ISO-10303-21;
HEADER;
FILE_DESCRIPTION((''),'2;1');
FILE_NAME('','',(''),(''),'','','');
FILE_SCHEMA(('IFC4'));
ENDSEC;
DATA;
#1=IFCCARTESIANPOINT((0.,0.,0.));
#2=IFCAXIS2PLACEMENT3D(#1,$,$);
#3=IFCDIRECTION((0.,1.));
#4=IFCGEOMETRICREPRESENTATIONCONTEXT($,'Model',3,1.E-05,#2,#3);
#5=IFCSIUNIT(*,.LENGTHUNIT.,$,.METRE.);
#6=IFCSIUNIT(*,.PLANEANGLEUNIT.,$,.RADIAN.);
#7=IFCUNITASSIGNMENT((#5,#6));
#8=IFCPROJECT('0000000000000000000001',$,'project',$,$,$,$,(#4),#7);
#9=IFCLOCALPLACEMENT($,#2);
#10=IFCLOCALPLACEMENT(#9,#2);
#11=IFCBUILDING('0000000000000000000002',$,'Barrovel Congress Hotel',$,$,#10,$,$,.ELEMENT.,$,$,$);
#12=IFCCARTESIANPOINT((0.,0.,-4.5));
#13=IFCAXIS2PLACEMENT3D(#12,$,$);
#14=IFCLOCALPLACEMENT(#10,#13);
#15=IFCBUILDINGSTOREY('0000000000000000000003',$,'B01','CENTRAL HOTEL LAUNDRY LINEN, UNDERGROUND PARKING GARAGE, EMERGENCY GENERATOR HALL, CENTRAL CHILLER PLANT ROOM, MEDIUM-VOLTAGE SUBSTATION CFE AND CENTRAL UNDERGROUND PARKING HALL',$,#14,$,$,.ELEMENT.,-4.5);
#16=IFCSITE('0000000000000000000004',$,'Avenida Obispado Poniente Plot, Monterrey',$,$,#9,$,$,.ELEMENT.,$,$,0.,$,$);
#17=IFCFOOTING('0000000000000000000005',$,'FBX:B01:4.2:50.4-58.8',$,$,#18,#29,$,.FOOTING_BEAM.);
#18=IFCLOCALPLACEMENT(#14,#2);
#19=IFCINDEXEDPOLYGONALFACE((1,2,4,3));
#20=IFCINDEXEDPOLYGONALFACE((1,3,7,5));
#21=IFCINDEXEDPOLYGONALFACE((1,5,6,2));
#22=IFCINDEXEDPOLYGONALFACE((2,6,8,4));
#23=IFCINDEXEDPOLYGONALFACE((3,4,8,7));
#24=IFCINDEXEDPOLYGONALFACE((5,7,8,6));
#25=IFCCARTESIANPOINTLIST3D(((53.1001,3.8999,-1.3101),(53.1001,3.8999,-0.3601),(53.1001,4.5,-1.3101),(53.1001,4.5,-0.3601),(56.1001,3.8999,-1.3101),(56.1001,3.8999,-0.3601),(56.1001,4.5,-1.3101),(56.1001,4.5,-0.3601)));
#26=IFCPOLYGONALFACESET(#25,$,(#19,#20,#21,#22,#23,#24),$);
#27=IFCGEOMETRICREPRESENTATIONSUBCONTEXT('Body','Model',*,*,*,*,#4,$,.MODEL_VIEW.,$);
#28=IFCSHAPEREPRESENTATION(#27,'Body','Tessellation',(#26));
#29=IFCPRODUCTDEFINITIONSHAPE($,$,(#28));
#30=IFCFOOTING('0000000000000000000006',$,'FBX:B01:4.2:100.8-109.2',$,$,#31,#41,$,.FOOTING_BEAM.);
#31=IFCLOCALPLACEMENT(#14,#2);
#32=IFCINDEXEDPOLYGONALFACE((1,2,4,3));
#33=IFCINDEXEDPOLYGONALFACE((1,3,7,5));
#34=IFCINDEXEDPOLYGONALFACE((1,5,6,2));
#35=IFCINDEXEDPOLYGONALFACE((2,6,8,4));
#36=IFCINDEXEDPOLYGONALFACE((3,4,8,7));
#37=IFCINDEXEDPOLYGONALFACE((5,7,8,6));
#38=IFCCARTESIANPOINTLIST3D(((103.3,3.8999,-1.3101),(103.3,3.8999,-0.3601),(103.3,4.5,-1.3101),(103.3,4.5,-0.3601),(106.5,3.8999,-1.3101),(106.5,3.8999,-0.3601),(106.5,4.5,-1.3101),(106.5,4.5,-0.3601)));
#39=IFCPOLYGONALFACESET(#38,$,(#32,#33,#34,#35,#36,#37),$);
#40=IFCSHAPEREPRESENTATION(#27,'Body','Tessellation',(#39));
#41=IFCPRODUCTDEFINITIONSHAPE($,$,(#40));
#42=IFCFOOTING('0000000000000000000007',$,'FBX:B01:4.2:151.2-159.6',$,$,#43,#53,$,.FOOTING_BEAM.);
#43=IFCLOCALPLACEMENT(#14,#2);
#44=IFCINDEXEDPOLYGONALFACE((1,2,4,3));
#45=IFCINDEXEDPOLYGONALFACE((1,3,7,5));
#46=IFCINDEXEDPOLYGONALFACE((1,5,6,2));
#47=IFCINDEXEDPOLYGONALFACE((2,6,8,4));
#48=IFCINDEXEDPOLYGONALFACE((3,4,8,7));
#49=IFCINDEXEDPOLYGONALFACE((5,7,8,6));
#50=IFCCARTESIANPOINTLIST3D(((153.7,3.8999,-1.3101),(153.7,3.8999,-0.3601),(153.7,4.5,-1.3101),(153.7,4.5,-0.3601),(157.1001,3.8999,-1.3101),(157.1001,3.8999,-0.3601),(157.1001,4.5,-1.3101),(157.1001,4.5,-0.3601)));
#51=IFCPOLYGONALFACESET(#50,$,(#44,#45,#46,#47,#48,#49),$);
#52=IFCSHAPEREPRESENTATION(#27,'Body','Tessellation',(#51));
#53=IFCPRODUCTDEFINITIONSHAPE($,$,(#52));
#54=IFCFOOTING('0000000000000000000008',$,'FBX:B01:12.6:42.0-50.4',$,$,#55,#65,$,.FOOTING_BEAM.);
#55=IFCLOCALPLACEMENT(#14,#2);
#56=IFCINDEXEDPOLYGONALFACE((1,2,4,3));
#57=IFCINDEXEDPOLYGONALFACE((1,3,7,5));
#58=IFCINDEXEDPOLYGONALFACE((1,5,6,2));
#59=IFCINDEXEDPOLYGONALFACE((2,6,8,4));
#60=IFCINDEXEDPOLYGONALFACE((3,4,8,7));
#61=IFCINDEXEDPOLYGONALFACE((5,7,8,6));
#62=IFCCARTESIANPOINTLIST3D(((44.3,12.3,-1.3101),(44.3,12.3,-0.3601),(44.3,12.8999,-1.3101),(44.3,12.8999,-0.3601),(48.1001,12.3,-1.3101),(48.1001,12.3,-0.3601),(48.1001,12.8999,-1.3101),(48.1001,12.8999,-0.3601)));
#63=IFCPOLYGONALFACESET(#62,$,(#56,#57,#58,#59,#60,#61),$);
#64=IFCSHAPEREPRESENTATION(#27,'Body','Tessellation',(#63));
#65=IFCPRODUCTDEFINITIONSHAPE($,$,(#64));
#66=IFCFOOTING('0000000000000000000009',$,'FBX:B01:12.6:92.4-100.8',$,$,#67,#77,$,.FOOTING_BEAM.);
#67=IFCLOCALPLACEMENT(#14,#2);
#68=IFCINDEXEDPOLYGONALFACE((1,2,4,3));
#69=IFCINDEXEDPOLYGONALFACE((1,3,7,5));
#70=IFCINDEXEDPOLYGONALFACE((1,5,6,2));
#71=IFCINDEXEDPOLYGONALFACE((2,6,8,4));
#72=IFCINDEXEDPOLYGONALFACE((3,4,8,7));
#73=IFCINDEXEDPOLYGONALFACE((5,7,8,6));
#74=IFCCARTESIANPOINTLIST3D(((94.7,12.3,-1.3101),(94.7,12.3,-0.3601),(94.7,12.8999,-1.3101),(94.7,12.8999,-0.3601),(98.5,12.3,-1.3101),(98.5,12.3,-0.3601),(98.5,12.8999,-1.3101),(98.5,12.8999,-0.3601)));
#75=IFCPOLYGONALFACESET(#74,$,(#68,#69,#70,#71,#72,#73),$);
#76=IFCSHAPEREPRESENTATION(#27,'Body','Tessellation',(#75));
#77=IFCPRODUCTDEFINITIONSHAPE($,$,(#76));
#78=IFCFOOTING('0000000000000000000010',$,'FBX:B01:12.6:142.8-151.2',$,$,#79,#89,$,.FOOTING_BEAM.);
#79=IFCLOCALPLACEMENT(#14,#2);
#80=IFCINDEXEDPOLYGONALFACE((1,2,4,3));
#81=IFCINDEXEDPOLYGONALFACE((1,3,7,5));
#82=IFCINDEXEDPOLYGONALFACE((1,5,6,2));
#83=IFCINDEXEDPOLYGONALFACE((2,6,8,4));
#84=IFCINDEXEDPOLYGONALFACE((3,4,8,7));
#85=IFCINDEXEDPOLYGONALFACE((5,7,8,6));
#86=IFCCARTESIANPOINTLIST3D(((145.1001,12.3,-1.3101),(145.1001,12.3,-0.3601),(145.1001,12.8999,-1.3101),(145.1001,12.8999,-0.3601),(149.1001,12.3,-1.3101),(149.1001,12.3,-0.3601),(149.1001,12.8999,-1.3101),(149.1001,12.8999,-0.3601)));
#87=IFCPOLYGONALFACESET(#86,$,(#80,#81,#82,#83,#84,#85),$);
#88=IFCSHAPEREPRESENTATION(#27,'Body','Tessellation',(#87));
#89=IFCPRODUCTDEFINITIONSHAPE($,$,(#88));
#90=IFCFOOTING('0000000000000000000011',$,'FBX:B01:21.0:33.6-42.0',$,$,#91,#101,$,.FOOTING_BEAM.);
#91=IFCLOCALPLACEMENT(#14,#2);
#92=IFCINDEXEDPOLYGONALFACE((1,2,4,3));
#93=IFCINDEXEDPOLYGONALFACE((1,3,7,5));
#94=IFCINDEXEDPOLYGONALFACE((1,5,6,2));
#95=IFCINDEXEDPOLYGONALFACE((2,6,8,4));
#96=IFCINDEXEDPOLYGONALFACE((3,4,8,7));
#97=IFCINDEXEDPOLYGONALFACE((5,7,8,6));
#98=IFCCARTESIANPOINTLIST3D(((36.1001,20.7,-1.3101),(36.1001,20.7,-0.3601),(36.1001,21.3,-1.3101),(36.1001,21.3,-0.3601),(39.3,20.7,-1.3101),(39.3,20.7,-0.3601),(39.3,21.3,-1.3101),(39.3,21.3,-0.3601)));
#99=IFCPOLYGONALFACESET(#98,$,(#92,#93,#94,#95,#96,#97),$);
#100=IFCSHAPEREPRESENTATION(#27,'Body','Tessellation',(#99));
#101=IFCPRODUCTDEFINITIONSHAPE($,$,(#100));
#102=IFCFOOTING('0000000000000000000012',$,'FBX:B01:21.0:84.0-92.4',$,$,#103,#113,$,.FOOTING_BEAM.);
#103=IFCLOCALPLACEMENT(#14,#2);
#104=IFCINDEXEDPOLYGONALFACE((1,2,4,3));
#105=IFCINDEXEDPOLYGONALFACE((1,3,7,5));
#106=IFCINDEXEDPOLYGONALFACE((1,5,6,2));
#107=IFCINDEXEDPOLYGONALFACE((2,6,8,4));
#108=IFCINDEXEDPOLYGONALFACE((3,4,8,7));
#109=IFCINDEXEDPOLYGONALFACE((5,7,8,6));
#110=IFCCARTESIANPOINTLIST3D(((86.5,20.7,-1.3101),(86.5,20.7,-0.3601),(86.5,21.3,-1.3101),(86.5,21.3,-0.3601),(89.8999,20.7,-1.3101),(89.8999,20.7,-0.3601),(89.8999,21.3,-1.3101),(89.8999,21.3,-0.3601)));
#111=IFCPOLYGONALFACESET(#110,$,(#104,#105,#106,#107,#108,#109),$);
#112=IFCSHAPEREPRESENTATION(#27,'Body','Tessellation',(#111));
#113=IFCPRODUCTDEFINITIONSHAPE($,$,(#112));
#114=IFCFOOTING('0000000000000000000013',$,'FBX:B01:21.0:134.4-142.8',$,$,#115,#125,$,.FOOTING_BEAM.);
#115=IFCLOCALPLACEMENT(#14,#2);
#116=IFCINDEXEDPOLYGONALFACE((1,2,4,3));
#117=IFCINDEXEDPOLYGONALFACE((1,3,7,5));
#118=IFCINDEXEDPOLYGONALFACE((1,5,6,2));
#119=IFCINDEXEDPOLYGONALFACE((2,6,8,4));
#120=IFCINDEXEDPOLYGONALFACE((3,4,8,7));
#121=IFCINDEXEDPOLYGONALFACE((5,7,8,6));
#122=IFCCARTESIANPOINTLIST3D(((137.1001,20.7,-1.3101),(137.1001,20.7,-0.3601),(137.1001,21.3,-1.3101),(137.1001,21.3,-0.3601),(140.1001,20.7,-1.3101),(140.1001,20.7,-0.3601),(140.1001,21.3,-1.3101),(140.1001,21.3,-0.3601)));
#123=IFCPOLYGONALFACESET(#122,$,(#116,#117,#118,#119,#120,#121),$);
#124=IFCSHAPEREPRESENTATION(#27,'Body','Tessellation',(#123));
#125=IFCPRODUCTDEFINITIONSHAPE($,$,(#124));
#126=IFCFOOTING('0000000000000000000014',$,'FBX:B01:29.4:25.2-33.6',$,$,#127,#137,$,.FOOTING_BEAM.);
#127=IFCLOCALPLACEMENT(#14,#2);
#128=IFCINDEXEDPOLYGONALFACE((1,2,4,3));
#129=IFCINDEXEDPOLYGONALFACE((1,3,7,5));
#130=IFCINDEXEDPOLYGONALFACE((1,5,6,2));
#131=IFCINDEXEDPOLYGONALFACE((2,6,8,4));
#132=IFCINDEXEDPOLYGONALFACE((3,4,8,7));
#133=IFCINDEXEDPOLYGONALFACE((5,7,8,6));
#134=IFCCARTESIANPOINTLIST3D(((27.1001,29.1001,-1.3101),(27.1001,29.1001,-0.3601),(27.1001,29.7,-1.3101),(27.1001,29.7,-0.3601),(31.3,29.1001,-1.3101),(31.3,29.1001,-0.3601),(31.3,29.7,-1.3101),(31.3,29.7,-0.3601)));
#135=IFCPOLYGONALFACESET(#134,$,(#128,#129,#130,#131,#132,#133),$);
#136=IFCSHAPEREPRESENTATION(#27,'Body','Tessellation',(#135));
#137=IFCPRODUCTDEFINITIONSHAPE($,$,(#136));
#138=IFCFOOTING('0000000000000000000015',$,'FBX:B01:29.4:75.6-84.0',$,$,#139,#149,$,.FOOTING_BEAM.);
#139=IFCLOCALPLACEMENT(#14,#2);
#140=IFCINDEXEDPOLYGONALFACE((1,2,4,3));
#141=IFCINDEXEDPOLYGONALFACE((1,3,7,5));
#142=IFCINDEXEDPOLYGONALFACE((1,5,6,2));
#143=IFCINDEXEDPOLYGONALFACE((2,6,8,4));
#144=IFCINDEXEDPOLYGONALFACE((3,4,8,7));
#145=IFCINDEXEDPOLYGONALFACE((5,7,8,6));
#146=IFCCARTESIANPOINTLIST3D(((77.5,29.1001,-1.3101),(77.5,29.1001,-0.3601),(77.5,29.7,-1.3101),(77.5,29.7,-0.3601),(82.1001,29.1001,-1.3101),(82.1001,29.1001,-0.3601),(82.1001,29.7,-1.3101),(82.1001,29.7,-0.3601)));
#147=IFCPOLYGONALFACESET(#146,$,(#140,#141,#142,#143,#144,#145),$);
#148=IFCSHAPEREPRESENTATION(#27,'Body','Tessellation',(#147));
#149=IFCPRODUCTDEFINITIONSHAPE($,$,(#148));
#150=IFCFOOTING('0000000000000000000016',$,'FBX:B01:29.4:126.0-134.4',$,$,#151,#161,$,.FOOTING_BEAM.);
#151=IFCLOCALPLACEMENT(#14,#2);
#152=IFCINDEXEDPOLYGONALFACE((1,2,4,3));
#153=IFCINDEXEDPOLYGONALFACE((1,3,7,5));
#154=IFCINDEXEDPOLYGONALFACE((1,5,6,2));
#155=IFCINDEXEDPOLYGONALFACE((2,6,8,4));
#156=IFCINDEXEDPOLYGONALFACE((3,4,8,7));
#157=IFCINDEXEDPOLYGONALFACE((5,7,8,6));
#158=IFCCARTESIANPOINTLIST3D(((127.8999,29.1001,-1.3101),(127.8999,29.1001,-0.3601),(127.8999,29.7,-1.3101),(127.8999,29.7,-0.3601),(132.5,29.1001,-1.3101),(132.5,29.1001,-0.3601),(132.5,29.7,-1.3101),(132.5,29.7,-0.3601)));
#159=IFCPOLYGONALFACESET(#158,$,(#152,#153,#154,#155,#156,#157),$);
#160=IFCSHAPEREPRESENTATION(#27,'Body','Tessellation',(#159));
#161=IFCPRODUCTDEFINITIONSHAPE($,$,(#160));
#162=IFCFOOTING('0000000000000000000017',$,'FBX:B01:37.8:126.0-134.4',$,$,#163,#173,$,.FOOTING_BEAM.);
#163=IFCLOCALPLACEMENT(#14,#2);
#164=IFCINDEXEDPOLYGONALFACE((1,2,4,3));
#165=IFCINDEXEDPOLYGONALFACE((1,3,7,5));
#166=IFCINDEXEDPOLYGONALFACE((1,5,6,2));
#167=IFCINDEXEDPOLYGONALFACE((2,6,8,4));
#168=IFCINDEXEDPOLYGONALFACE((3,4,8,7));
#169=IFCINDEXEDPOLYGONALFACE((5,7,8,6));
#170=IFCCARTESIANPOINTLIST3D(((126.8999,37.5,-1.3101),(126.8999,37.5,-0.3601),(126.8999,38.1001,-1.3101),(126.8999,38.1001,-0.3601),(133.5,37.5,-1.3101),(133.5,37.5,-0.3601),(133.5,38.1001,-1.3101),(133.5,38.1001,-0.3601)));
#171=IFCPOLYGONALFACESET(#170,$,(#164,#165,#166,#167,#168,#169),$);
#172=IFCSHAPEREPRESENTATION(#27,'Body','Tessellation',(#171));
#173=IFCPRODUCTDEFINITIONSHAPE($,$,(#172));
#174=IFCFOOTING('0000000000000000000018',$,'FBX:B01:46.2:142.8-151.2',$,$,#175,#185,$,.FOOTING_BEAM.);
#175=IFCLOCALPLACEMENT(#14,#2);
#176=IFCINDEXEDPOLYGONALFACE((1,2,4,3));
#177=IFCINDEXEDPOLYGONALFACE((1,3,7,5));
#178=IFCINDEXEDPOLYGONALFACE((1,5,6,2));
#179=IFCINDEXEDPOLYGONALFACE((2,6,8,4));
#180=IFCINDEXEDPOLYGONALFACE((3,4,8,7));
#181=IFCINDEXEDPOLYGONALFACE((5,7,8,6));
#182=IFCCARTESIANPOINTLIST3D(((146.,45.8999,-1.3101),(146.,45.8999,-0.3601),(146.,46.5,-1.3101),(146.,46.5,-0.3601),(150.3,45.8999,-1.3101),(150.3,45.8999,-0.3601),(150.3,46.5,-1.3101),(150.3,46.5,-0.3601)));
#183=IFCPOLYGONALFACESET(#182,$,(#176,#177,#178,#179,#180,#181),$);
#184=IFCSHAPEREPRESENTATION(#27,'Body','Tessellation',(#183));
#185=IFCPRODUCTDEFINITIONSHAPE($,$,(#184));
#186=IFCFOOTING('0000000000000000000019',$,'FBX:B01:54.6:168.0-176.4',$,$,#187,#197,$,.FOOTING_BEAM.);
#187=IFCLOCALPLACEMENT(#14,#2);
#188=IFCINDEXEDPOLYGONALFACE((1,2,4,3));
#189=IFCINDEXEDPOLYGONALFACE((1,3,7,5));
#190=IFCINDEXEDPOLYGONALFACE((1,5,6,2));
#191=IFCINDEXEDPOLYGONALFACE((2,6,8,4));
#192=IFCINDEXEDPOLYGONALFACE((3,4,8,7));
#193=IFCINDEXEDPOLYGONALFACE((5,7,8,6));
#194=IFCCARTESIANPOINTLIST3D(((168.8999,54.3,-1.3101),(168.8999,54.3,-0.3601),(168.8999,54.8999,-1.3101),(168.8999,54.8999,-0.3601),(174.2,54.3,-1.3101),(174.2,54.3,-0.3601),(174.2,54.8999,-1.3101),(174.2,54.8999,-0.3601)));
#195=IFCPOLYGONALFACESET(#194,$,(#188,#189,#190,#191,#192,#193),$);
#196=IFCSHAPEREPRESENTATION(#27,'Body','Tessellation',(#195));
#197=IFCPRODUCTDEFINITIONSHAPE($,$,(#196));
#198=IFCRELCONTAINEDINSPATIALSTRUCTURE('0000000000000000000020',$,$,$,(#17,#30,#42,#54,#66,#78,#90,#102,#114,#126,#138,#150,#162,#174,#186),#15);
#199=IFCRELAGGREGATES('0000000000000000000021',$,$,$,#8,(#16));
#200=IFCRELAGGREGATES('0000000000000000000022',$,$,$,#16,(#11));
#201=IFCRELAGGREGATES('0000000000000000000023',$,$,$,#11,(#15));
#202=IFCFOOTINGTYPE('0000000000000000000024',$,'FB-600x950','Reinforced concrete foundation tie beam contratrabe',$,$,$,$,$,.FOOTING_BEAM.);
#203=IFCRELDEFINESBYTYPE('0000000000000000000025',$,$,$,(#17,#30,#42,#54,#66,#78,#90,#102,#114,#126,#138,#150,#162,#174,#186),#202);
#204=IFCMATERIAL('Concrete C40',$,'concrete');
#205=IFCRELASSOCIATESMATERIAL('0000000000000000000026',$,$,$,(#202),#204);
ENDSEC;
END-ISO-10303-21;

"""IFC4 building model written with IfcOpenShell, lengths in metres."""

from ifc_helpers import new_model, si_unit, direction, frame, origin, place, context, subcontext, project, spatial, polyline, outline, extrude, material, type_object, element, save


model = new_model("IFC4")

# Units and contexts
model_context = context("Model", 3, precision=1e-05, world=origin(), true_north=direction((0.0, 1.0)))
body_context = subcontext(model_context, "Body", "Model", "MODEL_VIEW")
ifc_project = project(units=[si_unit("LENGTHUNIT", "METRE"), si_unit("PLANEANGLEUNIT", "RADIAN")], contexts=[model_context])

# Site, building, storey
site_placement = place(None, origin())
site = spatial("IfcSite", under=ifc_project, at=site_placement, Name="Avenida Obispado Poniente Plot, Monterrey", CompositionType="ELEMENT", RefElevation=0.0)
building_placement = place(site_placement, origin())
building = spatial("IfcBuilding", under=site, at=building_placement, Name="Barrovel Congress Hotel", CompositionType="ELEMENT")
storey_placement = place(building_placement, frame((0.0, 0.0, -4.5)))
storey = spatial("IfcBuildingStorey", under=building, at=storey_placement, Name="B01", Description="CENTRAL HOTEL LAUNDRY LINEN, UNDERGROUND PARKING GARAGE, EMERGENCY GENERATOR HALL, CENTRAL CHILLER PLANT ROOM, MEDIUM-VOLTAGE SUBSTATION CFE AND CENTRAL UNDERGROUND PARKING HALL", CompositionType="ELEMENT", Elevation=-4.5)

# Footings
ifc_material = material(Name="Concrete C40", Category="concrete")
footing_type = type_object("IfcFootingType", Name="FB-600x950", Description="Reinforced concrete foundation tie beam contratrabe", PredefinedType="FOOTING_BEAM", material=ifc_material)
footing_1_placement = place(storey_placement, frame((0.0, 0.0, -1.3101)))
element("IfcFooting", 1, at=footing_1_placement, inside=storey, type_object=footing_type, Name="FBX:B01:4.2:50.4-58.8", PredefinedType="FOOTING_BEAM", context=body_context, shape_type="SweptSolid", body=[
    extrude(outline(polyline([(53.1001, 3.8999), (56.1001, 3.8999), (56.1001, 4.5), (53.1001, 4.5), (53.1001, 3.8999)])), origin(), (0.0, 0.0, 1.0), 0.95),
])
footing_2_placement = place(storey_placement, frame((0.0, 0.0, -1.3101)))
element("IfcFooting", 2, at=footing_2_placement, inside=storey, type_object=footing_type, Name="FBX:B01:4.2:100.8-109.2", PredefinedType="FOOTING_BEAM", context=body_context, shape_type="SweptSolid", body=[
    extrude(outline(polyline([(103.3, 3.8999), (106.5, 3.8999), (106.5, 4.5), (103.3, 4.5), (103.3, 3.8999)])), origin(), (0.0, 0.0, 1.0), 0.95),
])
footing_3_placement = place(storey_placement, frame((0.0, 0.0, -1.3101)))
element("IfcFooting", 3, at=footing_3_placement, inside=storey, type_object=footing_type, Name="FBX:B01:4.2:151.2-159.6", PredefinedType="FOOTING_BEAM", context=body_context, shape_type="SweptSolid", body=[
    extrude(outline(polyline([(153.7, 3.8999), (157.1001, 3.8999), (157.1001, 4.5), (153.7, 4.5), (153.7, 3.8999)])), origin(), (0.0, 0.0, 1.0), 0.95),
])
footing_4_placement = place(storey_placement, frame((0.0, 0.0, -1.3101)))
element("IfcFooting", 4, at=footing_4_placement, inside=storey, type_object=footing_type, Name="FBX:B01:12.6:42.0-50.4", PredefinedType="FOOTING_BEAM", context=body_context, shape_type="SweptSolid", body=[
    extrude(outline(polyline([(44.3, 12.3), (48.1001, 12.3), (48.1001, 12.8999), (44.3, 12.8999), (44.3, 12.3)])), origin(), (0.0, 0.0, 1.0), 0.95),
])
footing_5_placement = place(storey_placement, frame((0.0, 0.0, -1.3101)))
element("IfcFooting", 5, at=footing_5_placement, inside=storey, type_object=footing_type, Name="FBX:B01:12.6:92.4-100.8", PredefinedType="FOOTING_BEAM", context=body_context, shape_type="SweptSolid", body=[
    extrude(outline(polyline([(94.7, 12.3), (98.5, 12.3), (98.5, 12.8999), (94.7, 12.8999), (94.7, 12.3)])), origin(), (0.0, 0.0, 1.0), 0.95),
])
footing_6_placement = place(storey_placement, frame((0.0, 0.0, -1.3101)))
element("IfcFooting", 6, at=footing_6_placement, inside=storey, type_object=footing_type, Name="FBX:B01:12.6:142.8-151.2", PredefinedType="FOOTING_BEAM", context=body_context, shape_type="SweptSolid", body=[
    extrude(outline(polyline([(145.1001, 12.3), (149.1001, 12.3), (149.1001, 12.8999), (145.1001, 12.8999), (145.1001, 12.3)])), origin(), (0.0, 0.0, 1.0), 0.95),
])
footing_7_placement = place(storey_placement, frame((0.0, 0.0, -1.3101)))
element("IfcFooting", 7, at=footing_7_placement, inside=storey, type_object=footing_type, Name="FBX:B01:21.0:33.6-42.0", PredefinedType="FOOTING_BEAM", context=body_context, shape_type="SweptSolid", body=[
    extrude(outline(polyline([(36.1001, 20.7), (39.3, 20.7), (39.3, 21.3), (36.1001, 21.3), (36.1001, 20.7)])), origin(), (0.0, 0.0, 1.0), 0.95),
])
footing_8_placement = place(storey_placement, frame((0.0, 0.0, -1.3101)))
element("IfcFooting", 8, at=footing_8_placement, inside=storey, type_object=footing_type, Name="FBX:B01:21.0:84.0-92.4", PredefinedType="FOOTING_BEAM", context=body_context, shape_type="SweptSolid", body=[
    extrude(outline(polyline([(86.5, 20.7), (89.8999, 20.7), (89.8999, 21.3), (86.5, 21.3), (86.5, 20.7)])), origin(), (0.0, 0.0, 1.0), 0.95),
])
footing_9_placement = place(storey_placement, frame((0.0, 0.0, -1.3101)))
element("IfcFooting", 9, at=footing_9_placement, inside=storey, type_object=footing_type, Name="FBX:B01:21.0:134.4-142.8", PredefinedType="FOOTING_BEAM", context=body_context, shape_type="SweptSolid", body=[
    extrude(outline(polyline([(137.1001, 20.7), (140.1001, 20.7), (140.1001, 21.3), (137.1001, 21.3), (137.1001, 20.7)])), origin(), (0.0, 0.0, 1.0), 0.95),
])
footing_10_placement = place(storey_placement, frame((0.0, 0.0, -1.3101)))
element("IfcFooting", 10, at=footing_10_placement, inside=storey, type_object=footing_type, Name="FBX:B01:29.4:25.2-33.6", PredefinedType="FOOTING_BEAM", context=body_context, shape_type="SweptSolid", body=[
    extrude(outline(polyline([(27.1001, 29.1001), (31.3, 29.1001), (31.3, 29.7), (27.1001, 29.7), (27.1001, 29.1001)])), origin(), (0.0, 0.0, 1.0), 0.95),
])
footing_11_placement = place(storey_placement, frame((0.0, 0.0, -1.3101)))
element("IfcFooting", 11, at=footing_11_placement, inside=storey, type_object=footing_type, Name="FBX:B01:29.4:75.6-84.0", PredefinedType="FOOTING_BEAM", context=body_context, shape_type="SweptSolid", body=[
    extrude(outline(polyline([(77.5, 29.1001), (82.1001, 29.1001), (82.1001, 29.7), (77.5, 29.7), (77.5, 29.1001)])), origin(), (0.0, 0.0, 1.0), 0.95),
])
footing_12_placement = place(storey_placement, frame((0.0, 0.0, -1.3101)))
element("IfcFooting", 12, at=footing_12_placement, inside=storey, type_object=footing_type, Name="FBX:B01:29.4:126.0-134.4", PredefinedType="FOOTING_BEAM", context=body_context, shape_type="SweptSolid", body=[
    extrude(outline(polyline([(127.8999, 29.1001), (132.5, 29.1001), (132.5, 29.7), (127.8999, 29.7), (127.8999, 29.1001)])), origin(), (0.0, 0.0, 1.0), 0.95),
])
footing_13_placement = place(storey_placement, frame((0.0, 0.0, -1.3101)))
element("IfcFooting", 13, at=footing_13_placement, inside=storey, type_object=footing_type, Name="FBX:B01:37.8:126.0-134.4", PredefinedType="FOOTING_BEAM", context=body_context, shape_type="SweptSolid", body=[
    extrude(outline(polyline([(126.8999, 37.5), (133.5, 37.5), (133.5, 38.1001), (126.8999, 38.1001), (126.8999, 37.5)])), origin(), (0.0, 0.0, 1.0), 0.95),
])
footing_14_placement = place(storey_placement, frame((0.0, 0.0, -1.3101)))
element("IfcFooting", 14, at=footing_14_placement, inside=storey, type_object=footing_type, Name="FBX:B01:46.2:142.8-151.2", PredefinedType="FOOTING_BEAM", context=body_context, shape_type="SweptSolid", body=[
    extrude(outline(polyline([(146.0, 45.8999), (150.3, 45.8999), (150.3, 46.5), (146.0, 46.5), (146.0, 45.8999)])), origin(), (0.0, 0.0, 1.0), 0.95),
])
footing_15_placement = place(storey_placement, frame((0.0, 0.0, -1.3101)))
element("IfcFooting", 15, at=footing_15_placement, inside=storey, type_object=footing_type, Name="FBX:B01:54.6:168.0-176.4", PredefinedType="FOOTING_BEAM", context=body_context, shape_type="SweptSolid", body=[
    extrude(outline(polyline([(168.8999, 54.3), (174.2, 54.3), (174.2, 54.8999), (168.8999, 54.8999), (168.8999, 54.3)])), origin(), (0.0, 0.0, 1.0), 0.95),
])

save(model, "model.ifc")
